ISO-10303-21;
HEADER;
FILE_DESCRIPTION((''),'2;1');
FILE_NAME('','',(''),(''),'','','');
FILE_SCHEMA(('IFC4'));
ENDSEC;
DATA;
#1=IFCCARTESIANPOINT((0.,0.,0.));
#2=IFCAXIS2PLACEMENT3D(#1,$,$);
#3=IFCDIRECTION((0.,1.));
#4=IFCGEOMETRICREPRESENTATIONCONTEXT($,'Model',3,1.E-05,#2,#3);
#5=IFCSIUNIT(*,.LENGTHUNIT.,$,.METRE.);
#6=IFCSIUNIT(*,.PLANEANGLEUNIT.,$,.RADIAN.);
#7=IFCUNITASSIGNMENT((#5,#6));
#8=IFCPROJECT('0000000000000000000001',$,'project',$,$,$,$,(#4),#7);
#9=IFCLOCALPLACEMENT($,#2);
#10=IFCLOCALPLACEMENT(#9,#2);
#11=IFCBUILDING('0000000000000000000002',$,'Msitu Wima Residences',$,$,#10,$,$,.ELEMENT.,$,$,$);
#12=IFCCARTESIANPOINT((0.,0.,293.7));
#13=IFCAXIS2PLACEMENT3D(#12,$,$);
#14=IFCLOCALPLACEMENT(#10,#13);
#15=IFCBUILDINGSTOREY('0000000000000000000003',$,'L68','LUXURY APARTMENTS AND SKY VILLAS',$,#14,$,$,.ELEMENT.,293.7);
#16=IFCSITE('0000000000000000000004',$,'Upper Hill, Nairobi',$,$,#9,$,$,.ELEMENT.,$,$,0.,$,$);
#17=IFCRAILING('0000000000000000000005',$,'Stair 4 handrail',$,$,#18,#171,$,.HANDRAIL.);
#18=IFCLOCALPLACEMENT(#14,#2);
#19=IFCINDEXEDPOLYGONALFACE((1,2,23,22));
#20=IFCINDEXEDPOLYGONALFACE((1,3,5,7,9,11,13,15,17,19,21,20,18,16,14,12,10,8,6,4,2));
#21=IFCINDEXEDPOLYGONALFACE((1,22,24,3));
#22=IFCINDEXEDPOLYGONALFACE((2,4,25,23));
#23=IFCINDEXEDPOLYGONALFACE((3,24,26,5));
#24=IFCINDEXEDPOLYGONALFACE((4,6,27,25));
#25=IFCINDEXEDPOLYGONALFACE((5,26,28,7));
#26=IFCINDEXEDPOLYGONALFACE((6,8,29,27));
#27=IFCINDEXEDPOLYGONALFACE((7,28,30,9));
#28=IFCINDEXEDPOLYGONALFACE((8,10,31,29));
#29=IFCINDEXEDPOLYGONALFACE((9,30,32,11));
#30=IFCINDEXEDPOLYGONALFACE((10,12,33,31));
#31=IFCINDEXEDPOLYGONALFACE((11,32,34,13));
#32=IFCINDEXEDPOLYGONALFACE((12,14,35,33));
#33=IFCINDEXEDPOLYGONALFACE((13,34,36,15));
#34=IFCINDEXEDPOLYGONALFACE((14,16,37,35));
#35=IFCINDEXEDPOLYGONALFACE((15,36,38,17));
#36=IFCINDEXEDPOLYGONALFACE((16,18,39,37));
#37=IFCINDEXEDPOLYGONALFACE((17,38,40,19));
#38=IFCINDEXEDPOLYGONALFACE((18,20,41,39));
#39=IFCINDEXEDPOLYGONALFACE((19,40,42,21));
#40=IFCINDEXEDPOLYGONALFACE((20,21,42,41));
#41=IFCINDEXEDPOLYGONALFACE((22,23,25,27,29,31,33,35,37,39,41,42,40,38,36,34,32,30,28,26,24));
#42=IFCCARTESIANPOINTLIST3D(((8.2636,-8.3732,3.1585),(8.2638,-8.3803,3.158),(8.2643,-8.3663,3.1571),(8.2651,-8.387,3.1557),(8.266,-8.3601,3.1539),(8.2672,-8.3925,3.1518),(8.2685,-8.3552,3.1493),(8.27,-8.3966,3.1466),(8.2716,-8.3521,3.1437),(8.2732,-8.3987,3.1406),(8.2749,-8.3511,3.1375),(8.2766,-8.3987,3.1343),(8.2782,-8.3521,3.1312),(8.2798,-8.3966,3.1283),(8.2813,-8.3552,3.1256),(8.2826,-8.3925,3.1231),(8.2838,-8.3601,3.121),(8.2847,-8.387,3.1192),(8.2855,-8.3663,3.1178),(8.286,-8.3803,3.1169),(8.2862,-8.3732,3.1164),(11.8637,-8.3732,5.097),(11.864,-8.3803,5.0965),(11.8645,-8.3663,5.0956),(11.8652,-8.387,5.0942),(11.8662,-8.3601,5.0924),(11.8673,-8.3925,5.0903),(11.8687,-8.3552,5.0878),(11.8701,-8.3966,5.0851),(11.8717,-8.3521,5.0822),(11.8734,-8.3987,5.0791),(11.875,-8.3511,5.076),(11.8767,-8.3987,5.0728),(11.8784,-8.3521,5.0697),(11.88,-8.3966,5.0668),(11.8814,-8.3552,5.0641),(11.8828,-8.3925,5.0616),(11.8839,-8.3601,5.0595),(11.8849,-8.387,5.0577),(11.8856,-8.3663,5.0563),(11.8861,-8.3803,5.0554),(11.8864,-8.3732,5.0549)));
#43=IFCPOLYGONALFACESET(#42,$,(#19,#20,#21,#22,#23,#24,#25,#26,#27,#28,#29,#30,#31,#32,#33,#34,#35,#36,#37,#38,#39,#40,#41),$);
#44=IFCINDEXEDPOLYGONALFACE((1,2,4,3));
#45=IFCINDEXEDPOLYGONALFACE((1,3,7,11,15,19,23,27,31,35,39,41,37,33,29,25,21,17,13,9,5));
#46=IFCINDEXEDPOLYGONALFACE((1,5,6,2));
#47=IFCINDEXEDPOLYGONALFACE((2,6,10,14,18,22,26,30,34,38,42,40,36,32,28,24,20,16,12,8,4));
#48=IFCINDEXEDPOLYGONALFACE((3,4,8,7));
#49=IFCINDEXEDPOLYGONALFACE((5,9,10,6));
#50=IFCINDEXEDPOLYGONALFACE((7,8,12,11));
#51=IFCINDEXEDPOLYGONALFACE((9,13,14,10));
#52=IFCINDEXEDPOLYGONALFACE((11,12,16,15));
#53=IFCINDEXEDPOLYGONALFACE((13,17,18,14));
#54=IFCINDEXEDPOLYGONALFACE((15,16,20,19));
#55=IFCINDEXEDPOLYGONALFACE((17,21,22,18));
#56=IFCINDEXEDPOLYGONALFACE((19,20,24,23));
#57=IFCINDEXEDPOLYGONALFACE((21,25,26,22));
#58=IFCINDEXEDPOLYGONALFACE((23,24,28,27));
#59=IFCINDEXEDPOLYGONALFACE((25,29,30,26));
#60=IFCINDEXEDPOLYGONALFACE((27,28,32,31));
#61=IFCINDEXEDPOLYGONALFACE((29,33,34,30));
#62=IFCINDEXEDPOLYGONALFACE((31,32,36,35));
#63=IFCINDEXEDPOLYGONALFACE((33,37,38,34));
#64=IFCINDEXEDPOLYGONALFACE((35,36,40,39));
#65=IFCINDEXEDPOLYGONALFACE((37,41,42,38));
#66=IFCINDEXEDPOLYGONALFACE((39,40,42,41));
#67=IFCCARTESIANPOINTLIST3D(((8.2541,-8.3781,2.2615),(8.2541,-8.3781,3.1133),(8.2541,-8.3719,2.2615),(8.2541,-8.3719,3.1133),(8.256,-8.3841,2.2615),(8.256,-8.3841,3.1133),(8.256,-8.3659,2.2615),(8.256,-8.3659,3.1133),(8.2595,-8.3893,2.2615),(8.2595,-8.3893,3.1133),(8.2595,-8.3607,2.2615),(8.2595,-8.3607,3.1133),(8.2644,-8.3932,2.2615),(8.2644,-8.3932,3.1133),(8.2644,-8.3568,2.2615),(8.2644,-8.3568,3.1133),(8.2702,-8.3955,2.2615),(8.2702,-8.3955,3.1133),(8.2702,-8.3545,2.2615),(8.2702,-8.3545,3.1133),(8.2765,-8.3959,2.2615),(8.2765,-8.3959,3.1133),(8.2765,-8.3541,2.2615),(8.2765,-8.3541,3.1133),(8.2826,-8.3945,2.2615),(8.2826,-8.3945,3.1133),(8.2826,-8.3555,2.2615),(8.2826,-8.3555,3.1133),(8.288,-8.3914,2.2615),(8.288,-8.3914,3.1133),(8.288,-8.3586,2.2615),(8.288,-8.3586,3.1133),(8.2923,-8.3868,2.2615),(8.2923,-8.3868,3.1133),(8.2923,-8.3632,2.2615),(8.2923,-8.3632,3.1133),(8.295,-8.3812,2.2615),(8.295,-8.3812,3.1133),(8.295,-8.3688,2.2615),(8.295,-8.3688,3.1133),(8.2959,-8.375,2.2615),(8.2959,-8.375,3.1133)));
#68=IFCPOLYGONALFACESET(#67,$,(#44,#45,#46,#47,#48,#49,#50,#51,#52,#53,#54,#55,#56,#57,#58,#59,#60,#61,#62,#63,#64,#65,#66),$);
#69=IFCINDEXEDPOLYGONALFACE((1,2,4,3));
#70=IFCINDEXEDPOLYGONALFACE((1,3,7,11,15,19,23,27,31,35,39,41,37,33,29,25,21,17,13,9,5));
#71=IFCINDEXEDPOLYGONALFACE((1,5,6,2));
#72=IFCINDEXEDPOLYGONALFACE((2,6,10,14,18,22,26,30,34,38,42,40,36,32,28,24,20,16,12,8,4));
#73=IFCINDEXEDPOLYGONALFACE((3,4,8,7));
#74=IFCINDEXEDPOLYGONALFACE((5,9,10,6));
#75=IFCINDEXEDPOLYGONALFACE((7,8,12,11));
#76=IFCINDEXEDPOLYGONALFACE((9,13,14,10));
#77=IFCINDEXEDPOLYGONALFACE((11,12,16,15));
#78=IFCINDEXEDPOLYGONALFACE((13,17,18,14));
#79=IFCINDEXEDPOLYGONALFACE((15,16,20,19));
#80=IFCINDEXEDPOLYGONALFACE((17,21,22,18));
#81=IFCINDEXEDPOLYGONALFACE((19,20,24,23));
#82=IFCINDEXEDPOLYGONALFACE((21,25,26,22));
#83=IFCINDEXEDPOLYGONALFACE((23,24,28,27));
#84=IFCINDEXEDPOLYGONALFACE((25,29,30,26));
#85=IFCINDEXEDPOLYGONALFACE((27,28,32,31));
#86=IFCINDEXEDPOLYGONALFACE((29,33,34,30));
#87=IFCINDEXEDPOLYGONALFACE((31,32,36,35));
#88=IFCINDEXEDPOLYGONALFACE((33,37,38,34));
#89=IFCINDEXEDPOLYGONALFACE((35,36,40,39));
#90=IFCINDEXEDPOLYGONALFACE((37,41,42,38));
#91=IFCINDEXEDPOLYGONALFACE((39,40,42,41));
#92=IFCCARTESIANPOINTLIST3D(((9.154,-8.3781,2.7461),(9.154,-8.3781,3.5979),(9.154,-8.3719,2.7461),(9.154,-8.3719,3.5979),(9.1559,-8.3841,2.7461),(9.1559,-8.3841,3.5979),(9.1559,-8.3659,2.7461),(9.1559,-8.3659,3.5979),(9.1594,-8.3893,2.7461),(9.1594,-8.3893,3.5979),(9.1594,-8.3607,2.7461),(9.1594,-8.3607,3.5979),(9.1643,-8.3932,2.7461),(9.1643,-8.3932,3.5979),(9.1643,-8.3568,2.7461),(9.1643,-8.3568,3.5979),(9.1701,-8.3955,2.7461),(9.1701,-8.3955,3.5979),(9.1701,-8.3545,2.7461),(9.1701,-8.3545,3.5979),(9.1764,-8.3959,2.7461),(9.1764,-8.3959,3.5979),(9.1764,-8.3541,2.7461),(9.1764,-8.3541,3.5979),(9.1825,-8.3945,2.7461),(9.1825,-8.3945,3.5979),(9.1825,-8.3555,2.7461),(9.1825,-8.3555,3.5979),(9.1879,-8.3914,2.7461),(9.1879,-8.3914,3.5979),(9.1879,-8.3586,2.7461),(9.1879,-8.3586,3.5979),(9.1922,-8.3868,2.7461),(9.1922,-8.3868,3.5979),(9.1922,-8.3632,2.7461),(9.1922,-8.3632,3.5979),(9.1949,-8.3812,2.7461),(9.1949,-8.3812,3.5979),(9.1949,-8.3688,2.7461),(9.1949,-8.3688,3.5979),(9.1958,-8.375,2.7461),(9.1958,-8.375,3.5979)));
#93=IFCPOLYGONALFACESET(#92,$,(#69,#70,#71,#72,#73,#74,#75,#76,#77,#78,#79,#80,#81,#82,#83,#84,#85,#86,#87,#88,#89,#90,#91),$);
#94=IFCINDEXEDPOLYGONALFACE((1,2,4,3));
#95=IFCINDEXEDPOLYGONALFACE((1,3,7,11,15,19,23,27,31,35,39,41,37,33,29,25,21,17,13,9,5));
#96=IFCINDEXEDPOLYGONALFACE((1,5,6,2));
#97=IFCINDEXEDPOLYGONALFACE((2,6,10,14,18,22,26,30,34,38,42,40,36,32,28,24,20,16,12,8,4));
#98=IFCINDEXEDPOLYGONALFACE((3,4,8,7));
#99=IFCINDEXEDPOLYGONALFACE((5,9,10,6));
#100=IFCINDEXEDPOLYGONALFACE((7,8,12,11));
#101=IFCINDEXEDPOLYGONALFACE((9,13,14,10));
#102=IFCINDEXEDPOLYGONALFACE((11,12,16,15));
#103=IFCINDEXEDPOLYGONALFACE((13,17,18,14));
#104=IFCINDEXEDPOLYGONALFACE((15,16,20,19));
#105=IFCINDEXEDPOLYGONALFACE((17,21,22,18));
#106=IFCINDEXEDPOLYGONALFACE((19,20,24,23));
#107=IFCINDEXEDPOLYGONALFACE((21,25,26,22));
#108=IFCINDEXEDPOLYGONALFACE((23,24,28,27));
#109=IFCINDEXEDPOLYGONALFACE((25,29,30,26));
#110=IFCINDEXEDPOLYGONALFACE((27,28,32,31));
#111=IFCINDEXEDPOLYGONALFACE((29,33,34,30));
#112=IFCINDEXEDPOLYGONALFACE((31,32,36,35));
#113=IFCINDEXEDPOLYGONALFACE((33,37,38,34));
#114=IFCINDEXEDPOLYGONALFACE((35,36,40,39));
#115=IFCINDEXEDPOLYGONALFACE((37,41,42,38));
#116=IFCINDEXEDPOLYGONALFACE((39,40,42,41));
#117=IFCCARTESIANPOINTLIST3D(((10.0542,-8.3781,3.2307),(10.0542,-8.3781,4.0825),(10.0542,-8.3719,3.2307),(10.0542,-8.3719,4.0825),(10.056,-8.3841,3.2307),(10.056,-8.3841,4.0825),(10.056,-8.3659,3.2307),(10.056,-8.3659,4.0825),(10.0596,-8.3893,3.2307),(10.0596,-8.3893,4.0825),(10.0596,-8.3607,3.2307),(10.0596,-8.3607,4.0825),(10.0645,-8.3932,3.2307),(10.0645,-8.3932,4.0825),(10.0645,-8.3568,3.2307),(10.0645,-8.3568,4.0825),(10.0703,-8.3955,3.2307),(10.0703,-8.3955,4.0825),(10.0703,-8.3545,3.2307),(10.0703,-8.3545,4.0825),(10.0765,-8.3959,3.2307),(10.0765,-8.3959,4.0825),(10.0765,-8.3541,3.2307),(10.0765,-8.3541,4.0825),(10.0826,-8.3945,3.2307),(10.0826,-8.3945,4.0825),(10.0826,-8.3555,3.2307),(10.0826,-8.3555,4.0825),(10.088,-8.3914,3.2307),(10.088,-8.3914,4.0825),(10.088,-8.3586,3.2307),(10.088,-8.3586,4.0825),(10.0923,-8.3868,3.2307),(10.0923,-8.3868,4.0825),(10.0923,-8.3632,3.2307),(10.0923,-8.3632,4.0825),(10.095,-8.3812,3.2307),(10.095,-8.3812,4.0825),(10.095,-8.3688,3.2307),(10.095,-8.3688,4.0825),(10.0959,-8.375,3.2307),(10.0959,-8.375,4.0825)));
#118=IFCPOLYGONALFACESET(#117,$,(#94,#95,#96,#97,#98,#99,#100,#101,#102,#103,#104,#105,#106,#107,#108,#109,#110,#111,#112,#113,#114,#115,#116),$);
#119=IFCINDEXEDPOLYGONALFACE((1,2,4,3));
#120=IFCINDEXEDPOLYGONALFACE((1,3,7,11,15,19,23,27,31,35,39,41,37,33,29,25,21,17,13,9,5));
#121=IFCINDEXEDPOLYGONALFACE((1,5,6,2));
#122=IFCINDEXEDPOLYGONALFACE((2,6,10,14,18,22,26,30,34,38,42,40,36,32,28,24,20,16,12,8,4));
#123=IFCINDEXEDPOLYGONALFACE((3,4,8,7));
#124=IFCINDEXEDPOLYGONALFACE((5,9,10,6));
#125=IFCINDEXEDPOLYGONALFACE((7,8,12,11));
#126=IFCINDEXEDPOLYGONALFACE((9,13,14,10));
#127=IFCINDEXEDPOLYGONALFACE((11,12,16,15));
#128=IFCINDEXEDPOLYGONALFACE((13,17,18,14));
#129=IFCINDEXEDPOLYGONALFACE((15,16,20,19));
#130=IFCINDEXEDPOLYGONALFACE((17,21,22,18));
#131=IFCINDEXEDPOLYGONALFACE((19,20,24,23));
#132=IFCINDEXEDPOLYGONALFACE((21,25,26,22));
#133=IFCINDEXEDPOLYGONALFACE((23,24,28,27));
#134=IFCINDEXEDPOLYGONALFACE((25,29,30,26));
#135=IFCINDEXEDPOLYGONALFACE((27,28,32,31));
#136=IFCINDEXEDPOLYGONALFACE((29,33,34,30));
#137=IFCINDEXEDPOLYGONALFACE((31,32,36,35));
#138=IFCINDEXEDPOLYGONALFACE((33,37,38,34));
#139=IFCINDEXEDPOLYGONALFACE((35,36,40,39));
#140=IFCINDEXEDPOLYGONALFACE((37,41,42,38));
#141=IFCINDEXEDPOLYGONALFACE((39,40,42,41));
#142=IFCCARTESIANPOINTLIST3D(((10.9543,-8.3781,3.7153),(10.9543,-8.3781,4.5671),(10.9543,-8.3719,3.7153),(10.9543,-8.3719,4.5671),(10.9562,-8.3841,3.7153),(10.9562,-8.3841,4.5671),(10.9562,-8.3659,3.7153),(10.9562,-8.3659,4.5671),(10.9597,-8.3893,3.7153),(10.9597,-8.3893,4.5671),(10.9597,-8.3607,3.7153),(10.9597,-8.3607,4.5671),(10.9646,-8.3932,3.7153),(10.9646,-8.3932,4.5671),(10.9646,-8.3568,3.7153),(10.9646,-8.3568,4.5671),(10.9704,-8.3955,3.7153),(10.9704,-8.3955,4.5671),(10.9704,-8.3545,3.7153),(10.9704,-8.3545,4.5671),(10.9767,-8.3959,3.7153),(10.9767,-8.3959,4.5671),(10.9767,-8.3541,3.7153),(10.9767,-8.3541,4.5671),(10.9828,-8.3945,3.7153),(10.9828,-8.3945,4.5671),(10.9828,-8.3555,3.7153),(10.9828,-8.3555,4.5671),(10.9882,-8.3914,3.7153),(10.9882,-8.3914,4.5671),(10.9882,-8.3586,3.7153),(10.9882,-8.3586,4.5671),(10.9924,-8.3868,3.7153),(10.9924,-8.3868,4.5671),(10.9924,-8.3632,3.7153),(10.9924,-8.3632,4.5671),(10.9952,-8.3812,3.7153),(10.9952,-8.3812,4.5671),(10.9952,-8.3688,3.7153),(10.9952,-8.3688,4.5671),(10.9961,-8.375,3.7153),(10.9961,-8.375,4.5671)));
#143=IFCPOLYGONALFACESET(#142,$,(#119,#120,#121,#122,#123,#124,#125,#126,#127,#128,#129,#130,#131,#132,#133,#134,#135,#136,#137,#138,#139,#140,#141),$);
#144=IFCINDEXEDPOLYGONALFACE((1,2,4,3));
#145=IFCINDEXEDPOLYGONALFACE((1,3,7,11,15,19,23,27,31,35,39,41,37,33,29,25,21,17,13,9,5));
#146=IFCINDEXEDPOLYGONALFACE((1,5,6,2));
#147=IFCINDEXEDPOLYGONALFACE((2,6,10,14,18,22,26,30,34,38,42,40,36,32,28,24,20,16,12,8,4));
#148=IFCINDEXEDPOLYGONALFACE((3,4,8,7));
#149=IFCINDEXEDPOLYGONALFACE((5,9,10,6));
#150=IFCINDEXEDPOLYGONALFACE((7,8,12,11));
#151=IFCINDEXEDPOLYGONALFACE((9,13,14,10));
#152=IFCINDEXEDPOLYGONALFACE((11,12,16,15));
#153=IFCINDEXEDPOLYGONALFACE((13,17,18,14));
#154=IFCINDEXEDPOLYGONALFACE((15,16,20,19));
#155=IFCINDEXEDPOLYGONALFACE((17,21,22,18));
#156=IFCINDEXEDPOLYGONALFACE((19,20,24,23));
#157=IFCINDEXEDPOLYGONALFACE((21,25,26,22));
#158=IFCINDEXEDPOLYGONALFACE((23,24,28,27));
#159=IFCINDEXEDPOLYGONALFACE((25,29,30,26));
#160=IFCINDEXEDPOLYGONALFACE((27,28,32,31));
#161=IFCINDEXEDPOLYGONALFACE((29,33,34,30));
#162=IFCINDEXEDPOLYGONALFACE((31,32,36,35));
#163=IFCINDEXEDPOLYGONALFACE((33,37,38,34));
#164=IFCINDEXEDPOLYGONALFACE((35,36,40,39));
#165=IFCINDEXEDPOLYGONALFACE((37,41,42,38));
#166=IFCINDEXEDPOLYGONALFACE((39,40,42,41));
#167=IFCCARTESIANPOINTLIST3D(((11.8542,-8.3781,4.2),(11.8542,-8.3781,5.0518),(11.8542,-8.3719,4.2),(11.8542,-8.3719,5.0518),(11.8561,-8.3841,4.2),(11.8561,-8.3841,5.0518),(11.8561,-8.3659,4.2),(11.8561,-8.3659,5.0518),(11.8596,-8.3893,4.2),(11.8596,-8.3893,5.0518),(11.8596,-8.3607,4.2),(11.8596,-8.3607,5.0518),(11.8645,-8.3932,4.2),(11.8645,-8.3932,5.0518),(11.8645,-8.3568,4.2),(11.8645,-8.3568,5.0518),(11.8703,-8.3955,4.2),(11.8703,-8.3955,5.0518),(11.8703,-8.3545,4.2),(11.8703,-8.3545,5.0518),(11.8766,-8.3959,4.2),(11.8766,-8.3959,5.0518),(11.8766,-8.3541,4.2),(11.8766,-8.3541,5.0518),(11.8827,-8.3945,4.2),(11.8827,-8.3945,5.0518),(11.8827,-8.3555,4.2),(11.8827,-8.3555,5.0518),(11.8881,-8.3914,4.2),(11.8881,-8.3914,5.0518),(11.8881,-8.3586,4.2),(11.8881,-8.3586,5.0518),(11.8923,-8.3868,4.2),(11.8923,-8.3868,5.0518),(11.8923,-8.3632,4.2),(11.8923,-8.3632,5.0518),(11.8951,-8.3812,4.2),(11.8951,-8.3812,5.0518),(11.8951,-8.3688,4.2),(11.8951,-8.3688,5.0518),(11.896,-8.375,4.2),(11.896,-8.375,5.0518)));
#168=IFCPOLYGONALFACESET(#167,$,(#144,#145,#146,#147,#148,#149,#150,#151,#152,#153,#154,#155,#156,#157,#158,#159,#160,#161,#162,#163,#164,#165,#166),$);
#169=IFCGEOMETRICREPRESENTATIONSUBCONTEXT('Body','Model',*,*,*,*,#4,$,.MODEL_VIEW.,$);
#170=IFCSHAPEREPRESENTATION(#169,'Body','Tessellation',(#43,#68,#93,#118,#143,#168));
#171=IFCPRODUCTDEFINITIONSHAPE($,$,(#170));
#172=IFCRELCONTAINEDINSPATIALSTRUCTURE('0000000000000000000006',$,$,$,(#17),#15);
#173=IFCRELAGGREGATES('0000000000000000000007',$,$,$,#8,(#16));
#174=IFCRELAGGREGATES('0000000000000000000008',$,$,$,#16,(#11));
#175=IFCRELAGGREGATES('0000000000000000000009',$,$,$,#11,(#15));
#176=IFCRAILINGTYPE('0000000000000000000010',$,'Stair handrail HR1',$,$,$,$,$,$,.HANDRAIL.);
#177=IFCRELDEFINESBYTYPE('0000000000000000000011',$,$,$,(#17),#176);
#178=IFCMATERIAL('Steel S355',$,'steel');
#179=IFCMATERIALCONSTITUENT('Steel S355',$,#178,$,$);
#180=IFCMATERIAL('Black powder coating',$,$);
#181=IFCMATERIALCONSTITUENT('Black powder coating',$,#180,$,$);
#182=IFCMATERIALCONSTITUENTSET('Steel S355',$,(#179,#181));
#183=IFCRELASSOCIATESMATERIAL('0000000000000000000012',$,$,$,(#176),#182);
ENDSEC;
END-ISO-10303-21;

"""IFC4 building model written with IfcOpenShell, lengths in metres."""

from ifc_helpers import new_model, si_unit, direction, frame, origin, origin_2d, place, context, subcontext, project, spatial, circle, extrude, material, constituent, constituent_set, type_object, element, save


model = new_model("IFC4")

# Units and contexts
model_context = context("Model", 3, precision=1e-05, world=origin(), true_north=direction((0.0, 1.0)))
body_context = subcontext(model_context, "Body", "Model", "MODEL_VIEW")
ifc_project = project(units=[si_unit("LENGTHUNIT", "METRE"), si_unit("PLANEANGLEUNIT", "RADIAN")], contexts=[model_context])

# Site, building, storey
site_placement = place(None, origin())
site = spatial("IfcSite", under=ifc_project, at=site_placement, Name="Upper Hill, Nairobi", CompositionType="ELEMENT", RefElevation=0.0)
building_placement = place(site_placement, origin())
building = spatial("IfcBuilding", under=site, at=building_placement, Name="Msitu Wima Residences", CompositionType="ELEMENT")
storey_placement = place(building_placement, frame((0.0, 0.0, 293.7)))
storey = spatial("IfcBuildingStorey", under=building, at=storey_placement, Name="L68", Description="LUXURY APARTMENTS AND SKY VILLAS", CompositionType="ELEMENT", Elevation=293.7)

# Railing
ifc_material_1 = material(Name="Steel S355", Category="steel")
ifc_constituent_1 = constituent(ifc_material_1, Name="Steel S355")
ifc_material_2 = material(Name="Black powder coating")
ifc_constituent_2 = constituent(ifc_material_2, Name="Black powder coating")
ifc_constituent_set = constituent_set(constituents=[ifc_constituent_1, ifc_constituent_2], Name="Steel S355")
railing_type = type_object("IfcRailingType", Name="Stair handrail HR1", PredefinedType="HANDRAIL", material=ifc_constituent_set)
for number, where, name in (
    (1, (8.2749, -8.375, 2.2615), "Stair 4 handrail"),
):
    element("IfcRailing", number, at=place(storey_placement, frame(where)), inside=storey, type_object=railing_type, Name=name, PredefinedType="HANDRAIL", context=body_context, shape_type="SweptSolid", body=[
        extrude(circle(Radius=0.0239, at=origin_2d()), frame((0.0, 0.0, 0.876), z_axis=(0.880475, 0.0, 0.474093), x_axis=(0.0, 1.0, 0.0)), (0.0, 0.0, 1.0), 4.0889),
        extrude(circle(Radius=0.021, at=origin_2d()), origin(), (0.0, 0.0, 1.0), 0.8518),
        extrude(circle(Radius=0.021, at=origin_2d()), frame((0.8999, 0.0, 0.4846)), (0.0, 0.0, 1.0), 0.8518),
        extrude(circle(Radius=0.021, at=origin_2d()), frame((1.8, 0.0, 0.9692)), (0.0, 0.0, 1.0), 0.8518),
        extrude(circle(Radius=0.021, at=origin_2d()), frame((2.7002, 0.0, 1.4539)), (0.0, 0.0, 1.0), 0.8518),
        extrude(circle(Radius=0.021, at=origin_2d()), frame((3.6001, 0.0, 1.9385)), (0.0, 0.0, 1.0), 0.8518),
    ])

save(model, "model.ifc")
